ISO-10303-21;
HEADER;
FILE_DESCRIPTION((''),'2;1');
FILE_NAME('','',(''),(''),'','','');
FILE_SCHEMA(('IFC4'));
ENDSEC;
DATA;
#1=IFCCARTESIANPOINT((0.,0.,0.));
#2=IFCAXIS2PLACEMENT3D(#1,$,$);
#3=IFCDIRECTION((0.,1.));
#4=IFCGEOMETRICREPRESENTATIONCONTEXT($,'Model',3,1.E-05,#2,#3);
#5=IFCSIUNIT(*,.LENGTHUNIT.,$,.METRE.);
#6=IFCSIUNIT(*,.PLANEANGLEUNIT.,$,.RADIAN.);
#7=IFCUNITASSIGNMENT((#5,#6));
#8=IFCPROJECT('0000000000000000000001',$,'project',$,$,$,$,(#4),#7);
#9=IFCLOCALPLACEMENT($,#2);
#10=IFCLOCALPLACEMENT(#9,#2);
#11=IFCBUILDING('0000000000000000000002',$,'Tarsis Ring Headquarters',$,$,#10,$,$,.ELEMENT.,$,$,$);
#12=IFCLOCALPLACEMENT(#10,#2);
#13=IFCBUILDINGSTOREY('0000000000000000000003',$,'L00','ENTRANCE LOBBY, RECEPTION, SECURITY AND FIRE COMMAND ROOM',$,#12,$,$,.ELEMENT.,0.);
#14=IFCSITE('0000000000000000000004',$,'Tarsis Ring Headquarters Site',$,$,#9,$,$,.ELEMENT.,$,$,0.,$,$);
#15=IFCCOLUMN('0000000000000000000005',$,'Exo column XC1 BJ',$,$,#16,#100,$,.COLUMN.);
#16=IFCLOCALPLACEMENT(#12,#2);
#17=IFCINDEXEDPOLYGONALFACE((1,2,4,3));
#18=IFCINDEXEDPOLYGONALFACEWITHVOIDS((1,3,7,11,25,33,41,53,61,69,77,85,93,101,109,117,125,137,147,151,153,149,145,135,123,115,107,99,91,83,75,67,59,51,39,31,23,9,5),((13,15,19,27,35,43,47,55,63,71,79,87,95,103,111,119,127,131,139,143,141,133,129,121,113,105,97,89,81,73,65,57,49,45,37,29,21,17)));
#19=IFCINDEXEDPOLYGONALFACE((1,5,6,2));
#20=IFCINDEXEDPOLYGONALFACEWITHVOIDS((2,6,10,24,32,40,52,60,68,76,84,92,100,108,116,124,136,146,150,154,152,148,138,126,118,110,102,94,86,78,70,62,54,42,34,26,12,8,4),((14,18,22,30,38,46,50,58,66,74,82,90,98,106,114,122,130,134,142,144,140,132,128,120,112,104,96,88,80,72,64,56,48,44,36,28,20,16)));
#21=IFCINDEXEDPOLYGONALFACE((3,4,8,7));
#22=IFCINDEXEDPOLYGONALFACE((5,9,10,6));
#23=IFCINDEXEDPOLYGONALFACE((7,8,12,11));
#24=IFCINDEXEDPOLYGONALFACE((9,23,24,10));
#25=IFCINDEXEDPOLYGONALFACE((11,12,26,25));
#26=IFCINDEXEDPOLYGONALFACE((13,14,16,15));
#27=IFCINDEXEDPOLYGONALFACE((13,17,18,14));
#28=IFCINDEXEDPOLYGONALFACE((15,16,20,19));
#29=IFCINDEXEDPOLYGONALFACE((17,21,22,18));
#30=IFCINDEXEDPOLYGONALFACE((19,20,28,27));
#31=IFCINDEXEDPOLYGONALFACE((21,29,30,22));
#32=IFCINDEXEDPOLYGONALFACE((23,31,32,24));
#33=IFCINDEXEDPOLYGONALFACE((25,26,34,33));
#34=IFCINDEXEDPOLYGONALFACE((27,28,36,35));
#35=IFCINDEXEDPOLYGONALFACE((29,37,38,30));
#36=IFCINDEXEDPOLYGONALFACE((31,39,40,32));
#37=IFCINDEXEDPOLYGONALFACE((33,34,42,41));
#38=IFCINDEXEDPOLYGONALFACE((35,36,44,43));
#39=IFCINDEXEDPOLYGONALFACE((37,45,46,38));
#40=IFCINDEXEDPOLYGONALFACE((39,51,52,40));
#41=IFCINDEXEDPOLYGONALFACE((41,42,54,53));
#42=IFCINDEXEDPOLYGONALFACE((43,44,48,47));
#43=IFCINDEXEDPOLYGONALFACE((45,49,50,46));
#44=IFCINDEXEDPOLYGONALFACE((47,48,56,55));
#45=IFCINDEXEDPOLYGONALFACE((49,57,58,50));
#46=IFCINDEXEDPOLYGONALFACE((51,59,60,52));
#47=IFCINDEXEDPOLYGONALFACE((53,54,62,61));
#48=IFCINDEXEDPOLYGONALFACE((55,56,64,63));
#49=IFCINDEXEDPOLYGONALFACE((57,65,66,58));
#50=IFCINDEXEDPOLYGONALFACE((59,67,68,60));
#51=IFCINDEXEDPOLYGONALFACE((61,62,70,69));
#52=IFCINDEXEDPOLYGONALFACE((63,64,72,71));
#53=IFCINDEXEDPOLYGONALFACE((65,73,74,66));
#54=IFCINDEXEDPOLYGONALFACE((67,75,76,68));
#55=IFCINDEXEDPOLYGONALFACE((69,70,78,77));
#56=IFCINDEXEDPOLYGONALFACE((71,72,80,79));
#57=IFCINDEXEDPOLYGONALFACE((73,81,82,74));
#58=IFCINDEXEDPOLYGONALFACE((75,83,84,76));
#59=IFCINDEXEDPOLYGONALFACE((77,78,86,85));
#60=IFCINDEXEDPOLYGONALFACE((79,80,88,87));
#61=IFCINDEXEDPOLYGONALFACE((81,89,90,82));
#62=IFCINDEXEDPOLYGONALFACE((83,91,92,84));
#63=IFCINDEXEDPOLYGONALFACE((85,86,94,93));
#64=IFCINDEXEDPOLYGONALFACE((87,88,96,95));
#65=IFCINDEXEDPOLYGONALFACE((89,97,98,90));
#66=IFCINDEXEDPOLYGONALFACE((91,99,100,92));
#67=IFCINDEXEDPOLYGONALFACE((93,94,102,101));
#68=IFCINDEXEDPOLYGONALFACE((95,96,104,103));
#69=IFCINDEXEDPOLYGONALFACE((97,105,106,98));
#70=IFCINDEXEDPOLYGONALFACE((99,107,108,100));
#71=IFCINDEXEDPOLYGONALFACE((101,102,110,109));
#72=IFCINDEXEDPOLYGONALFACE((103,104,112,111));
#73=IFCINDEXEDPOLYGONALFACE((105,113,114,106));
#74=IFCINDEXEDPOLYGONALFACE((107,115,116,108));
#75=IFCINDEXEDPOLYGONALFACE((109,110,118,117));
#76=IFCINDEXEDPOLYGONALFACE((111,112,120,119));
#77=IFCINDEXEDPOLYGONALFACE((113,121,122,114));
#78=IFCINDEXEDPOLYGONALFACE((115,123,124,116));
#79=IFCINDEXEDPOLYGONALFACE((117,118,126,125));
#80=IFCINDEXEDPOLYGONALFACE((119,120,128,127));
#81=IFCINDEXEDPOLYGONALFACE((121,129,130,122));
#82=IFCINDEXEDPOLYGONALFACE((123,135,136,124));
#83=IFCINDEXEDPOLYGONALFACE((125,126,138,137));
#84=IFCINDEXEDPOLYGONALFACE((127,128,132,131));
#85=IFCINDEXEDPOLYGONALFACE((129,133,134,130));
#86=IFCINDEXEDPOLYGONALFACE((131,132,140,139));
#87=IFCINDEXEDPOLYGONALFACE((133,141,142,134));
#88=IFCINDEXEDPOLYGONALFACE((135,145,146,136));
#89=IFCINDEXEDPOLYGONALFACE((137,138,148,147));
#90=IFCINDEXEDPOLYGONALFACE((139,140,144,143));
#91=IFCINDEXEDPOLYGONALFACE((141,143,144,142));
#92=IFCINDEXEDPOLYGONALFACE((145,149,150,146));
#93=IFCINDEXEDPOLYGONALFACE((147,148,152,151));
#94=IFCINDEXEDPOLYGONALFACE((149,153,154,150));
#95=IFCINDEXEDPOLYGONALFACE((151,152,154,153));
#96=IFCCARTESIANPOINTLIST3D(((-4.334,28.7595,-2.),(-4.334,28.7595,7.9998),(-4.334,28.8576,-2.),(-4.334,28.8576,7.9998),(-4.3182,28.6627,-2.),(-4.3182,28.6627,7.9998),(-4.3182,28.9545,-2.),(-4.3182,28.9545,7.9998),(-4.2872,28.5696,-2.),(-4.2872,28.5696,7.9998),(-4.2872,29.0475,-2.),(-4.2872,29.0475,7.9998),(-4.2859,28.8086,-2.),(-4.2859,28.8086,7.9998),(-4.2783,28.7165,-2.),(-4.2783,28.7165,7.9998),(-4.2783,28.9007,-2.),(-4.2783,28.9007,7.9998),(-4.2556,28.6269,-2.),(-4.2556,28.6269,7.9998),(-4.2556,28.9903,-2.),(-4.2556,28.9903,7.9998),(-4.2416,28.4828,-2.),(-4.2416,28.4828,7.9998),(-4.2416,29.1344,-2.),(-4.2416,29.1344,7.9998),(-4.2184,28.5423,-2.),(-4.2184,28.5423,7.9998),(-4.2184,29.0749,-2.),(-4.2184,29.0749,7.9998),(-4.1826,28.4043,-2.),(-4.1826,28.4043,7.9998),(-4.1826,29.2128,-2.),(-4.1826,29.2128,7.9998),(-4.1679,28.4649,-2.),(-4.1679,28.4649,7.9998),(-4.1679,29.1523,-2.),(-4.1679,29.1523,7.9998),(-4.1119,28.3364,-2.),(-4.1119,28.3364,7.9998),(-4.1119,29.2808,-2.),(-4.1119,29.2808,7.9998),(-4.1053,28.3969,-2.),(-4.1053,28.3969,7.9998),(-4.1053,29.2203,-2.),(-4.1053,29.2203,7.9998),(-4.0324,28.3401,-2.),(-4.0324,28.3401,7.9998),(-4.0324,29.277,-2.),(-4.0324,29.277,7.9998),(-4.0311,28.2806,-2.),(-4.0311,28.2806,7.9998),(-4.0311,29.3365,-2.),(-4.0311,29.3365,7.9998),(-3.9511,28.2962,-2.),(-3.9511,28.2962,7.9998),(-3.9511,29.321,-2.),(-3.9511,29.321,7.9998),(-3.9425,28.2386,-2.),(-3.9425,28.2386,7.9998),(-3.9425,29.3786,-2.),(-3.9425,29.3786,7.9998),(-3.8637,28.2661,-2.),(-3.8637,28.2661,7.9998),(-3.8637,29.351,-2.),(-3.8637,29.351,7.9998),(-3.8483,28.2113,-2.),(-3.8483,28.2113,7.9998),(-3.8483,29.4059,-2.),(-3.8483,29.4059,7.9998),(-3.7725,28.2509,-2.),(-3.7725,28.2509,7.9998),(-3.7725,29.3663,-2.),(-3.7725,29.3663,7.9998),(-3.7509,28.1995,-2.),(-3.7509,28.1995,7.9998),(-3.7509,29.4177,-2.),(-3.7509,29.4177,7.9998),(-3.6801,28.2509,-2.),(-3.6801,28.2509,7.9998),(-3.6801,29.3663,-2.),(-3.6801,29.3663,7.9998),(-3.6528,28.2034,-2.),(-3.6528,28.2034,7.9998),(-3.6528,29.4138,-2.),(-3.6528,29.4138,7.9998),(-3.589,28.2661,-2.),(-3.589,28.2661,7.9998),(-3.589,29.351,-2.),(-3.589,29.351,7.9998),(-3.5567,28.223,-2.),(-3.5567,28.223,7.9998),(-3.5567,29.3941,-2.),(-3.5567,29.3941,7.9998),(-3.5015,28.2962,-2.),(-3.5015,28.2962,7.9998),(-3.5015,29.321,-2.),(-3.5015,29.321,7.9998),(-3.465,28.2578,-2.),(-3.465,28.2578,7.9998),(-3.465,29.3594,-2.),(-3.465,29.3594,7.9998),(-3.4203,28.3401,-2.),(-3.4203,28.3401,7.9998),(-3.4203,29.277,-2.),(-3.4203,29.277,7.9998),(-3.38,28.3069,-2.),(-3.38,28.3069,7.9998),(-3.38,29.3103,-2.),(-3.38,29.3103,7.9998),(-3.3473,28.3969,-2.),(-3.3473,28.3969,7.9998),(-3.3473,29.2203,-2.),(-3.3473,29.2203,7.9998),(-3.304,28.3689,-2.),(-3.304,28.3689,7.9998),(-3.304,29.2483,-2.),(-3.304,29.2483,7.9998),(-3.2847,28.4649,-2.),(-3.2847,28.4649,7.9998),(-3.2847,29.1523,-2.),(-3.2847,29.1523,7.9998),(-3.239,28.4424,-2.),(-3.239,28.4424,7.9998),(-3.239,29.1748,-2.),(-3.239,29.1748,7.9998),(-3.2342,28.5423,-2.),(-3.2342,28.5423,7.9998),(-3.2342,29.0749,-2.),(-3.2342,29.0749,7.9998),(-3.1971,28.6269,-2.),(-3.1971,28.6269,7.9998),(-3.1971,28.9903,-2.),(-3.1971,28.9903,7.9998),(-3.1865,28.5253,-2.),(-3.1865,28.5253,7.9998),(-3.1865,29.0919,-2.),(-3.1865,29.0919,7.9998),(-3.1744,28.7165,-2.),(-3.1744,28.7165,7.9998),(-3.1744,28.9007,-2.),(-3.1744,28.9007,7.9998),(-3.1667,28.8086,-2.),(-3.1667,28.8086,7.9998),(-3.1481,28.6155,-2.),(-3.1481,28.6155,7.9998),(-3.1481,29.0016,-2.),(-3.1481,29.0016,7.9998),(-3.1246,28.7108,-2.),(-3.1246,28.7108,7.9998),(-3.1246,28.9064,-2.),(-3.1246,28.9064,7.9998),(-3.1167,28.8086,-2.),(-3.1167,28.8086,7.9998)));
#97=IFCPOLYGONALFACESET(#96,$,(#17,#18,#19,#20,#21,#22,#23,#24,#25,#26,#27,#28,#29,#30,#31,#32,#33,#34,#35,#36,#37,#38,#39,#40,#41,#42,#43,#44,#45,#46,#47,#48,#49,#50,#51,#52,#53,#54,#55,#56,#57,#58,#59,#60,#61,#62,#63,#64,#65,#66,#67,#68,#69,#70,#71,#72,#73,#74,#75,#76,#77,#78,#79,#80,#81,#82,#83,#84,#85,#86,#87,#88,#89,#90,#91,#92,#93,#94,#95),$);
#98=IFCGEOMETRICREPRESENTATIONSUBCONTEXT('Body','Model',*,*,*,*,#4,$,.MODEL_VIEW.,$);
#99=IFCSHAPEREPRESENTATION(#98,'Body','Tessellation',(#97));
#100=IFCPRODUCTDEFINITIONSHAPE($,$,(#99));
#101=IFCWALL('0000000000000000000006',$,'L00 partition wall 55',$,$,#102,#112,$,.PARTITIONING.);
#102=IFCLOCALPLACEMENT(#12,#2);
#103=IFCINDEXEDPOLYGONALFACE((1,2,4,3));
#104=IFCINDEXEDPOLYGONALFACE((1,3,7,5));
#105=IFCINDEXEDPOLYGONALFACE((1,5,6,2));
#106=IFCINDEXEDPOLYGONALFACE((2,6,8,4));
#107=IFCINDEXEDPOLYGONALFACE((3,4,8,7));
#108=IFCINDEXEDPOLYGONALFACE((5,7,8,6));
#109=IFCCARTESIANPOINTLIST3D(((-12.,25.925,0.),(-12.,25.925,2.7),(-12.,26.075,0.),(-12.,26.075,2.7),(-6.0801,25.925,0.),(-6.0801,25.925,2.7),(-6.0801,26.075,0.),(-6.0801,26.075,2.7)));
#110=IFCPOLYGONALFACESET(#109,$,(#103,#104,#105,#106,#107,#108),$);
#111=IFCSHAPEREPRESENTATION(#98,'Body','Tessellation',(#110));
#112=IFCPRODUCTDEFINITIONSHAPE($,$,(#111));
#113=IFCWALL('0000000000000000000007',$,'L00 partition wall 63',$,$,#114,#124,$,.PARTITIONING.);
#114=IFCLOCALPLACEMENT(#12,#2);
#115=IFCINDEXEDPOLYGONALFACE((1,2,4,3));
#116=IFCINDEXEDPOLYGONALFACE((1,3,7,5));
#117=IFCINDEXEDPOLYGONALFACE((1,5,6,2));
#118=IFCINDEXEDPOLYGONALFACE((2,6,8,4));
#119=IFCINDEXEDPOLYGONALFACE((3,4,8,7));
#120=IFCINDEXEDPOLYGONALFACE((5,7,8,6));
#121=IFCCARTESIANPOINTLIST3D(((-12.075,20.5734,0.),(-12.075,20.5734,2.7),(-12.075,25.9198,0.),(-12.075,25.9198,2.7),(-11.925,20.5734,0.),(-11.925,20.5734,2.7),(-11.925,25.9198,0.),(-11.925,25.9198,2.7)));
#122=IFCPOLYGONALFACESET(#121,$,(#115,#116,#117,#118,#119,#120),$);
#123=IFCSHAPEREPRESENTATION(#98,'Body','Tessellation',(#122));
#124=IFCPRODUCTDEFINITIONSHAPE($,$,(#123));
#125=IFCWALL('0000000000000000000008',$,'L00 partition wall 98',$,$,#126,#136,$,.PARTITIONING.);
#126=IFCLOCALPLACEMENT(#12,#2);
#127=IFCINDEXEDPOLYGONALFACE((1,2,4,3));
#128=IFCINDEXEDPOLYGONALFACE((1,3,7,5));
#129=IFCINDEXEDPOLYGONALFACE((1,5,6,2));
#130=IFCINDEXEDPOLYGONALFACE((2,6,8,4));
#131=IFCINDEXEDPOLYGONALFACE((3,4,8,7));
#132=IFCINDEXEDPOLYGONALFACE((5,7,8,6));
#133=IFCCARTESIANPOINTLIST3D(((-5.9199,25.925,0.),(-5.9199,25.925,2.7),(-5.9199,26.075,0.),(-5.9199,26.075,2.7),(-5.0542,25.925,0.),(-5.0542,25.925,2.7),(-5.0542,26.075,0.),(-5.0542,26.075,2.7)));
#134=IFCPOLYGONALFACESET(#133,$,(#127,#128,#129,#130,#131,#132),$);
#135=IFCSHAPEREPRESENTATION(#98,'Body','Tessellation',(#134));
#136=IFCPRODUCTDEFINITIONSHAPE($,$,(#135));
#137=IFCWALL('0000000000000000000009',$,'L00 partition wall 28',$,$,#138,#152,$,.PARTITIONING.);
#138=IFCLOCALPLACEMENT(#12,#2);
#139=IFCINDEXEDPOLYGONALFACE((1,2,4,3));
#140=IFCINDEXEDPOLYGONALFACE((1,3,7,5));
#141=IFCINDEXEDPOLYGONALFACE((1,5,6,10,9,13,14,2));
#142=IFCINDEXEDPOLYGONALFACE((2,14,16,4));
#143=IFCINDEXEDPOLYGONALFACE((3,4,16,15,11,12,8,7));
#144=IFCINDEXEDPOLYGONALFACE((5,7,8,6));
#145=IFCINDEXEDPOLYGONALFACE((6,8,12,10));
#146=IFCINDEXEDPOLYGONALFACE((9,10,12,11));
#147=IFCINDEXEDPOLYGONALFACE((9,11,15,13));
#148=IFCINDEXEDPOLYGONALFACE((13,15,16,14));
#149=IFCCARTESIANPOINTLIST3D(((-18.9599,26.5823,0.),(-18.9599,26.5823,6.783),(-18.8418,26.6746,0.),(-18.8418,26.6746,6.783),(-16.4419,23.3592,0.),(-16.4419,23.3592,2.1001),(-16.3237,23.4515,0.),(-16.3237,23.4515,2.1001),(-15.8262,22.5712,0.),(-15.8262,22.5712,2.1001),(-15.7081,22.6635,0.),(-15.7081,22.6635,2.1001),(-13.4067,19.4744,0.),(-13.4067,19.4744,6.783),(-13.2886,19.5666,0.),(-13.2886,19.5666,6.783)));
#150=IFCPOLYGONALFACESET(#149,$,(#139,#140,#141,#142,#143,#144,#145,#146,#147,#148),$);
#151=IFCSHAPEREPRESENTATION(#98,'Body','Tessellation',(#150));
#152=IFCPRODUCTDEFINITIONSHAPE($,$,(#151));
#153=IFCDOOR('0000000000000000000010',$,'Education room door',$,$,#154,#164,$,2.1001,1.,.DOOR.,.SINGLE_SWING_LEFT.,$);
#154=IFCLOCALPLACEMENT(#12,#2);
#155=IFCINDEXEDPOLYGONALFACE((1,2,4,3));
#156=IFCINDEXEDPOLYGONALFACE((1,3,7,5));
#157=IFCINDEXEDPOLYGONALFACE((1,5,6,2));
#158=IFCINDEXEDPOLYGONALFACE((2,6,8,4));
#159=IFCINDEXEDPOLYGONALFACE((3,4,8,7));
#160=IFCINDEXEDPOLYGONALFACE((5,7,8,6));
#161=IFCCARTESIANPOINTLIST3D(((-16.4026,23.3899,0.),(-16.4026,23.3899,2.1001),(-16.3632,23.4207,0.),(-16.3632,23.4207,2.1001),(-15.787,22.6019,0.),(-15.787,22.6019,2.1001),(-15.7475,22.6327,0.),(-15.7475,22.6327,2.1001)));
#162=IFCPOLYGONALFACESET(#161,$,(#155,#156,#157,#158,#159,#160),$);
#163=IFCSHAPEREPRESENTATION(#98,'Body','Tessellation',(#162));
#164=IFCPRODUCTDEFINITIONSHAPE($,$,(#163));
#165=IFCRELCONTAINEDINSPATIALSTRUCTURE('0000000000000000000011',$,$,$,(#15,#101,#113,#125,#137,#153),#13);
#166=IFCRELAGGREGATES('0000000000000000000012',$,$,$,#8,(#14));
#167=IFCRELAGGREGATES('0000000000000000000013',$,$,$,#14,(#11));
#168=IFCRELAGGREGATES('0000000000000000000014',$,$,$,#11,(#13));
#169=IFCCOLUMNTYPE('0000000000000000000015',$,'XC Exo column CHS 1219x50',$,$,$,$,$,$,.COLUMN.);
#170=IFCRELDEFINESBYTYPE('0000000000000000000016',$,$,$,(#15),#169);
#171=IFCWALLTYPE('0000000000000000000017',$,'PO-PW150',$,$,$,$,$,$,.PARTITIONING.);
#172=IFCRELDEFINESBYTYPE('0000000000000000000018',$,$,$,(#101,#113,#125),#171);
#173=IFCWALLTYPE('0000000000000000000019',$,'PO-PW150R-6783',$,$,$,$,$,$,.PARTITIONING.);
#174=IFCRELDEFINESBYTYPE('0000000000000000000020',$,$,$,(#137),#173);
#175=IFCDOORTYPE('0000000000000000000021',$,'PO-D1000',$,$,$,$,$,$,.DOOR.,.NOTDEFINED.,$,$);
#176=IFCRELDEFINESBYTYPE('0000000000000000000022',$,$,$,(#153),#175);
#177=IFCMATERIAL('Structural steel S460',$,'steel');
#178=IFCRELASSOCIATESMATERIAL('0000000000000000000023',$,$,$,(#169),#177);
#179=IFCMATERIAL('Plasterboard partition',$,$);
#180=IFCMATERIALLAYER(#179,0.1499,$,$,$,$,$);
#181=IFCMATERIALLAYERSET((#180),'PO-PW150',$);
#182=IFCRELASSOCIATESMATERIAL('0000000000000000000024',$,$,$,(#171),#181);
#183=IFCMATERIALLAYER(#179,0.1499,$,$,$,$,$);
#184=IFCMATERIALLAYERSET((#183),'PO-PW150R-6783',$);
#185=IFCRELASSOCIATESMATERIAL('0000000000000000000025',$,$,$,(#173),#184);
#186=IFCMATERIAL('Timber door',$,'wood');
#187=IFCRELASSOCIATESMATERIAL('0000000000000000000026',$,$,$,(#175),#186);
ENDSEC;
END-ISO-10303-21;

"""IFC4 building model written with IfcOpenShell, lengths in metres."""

from ifc_helpers import new_model, si_unit, direction, frame, frame_2d, origin, origin_2d, place, context, subcontext, project, spatial, rectangle, hollow_circle, extrude, material, layer, layer_set, material_profile, profile_set, type_object, element, fill, save


model = new_model("IFC4")

# Units and contexts
model_context = context("Model", 3, precision=1e-05, world=origin(), true_north=direction((0.0, 1.0)))
body_context = subcontext(model_context, "Body", "Model", "MODEL_VIEW")
ifc_project = project(units=[si_unit("LENGTHUNIT", "METRE"), si_unit("PLANEANGLEUNIT", "RADIAN")], contexts=[model_context])

# Site, building, storey
site_placement = place(None, origin())
site = spatial("IfcSite", under=ifc_project, at=site_placement, Name="Tarsis Ring Headquarters Site", CompositionType="ELEMENT", RefElevation=0.0)
building_placement = place(site_placement, origin())
building = spatial("IfcBuilding", under=site, at=building_placement, Name="Tarsis Ring Headquarters", CompositionType="ELEMENT")
storey_placement = place(building_placement, origin())
storey = spatial("IfcBuildingStorey", under=building, at=storey_placement, Name="L00", Description="ENTRANCE LOBBY, RECEPTION, SECURITY AND FIRE COMMAND ROOM", CompositionType="ELEMENT", Elevation=0.0)

# Column
ifc_material_1 = material(Name="Structural steel S460", Category="steel")
ifc_material_profile_1 = material_profile(ifc_material_1, hollow_circle(Radius=0.6096, WallThickness=0.05, at=origin_2d()), Name="CHS 1219x50")
ifc_profile_set_1 = profile_set([ifc_material_profile_1], Name="Structural steel S460")
column_type_1 = type_object("IfcColumnType", Name="XC Exo column CHS 1219x50", PredefinedType="COLUMN", material=ifc_profile_set_1)
column_placement = place(storey_placement, frame((-3.7263, 28.8086, -2.0), z_axis=(0.0, 0.0, 1.0), x_axis=(1.0, 0.0, 0.0)))
element("IfcColumn", 1, at=column_placement, inside=storey, type_object=column_type_1, Name="Exo column XC1 BJ", PredefinedType="COLUMN", context=body_context, shape_type="SweptSolid", body=[
    extrude(hollow_circle(Radius=0.6096, WallThickness=0.05, at=origin_2d()), origin(), (0.0, 0.0, 1.0), 9.9998),
])

# Walls
ifc_material_2 = material(Name="Plasterboard partition")
ifc_layer_1 = layer(ifc_material_2, 0.1499)
ifc_layer_set_1 = layer_set([ifc_layer_1], Name="PO-PW150")
wall_type_1 = type_object("IfcWallType", Name="PO-PW150", PredefinedType="PARTITIONING", material=ifc_layer_set_1)
wall_1_placement = place(storey_placement, frame((-6.0801, 26.0, 0.0), z_axis=(0.0, 0.0, 1.0), x_axis=(-1.0, 0.0, 0.0)))
element("IfcWall", 2, at=wall_1_placement, inside=storey, type_object=wall_type_1, Name="L00 partition wall 55", PredefinedType="PARTITIONING", context=body_context, shape_type="SweptSolid", body=[
    extrude(rectangle(XDim=5.9199, YDim=0.1499, at=frame_2d((2.96, 0.0))), origin(), (0.0, 0.0, 1.0), 2.7),
])
wall_2_placement = place(storey_placement, frame((-12.0, 25.9199, 0.0), z_axis=(0.0, 0.0, 1.0), x_axis=(0.0, -1.0, 0.0)))
element("IfcWall", 3, at=wall_2_placement, inside=storey, type_object=wall_type_1, Name="L00 partition wall 63", PredefinedType="PARTITIONING", context=body_context, shape_type="SweptSolid", body=[
    extrude(rectangle(XDim=5.3464, YDim=0.1499, at=frame_2d((2.6733, 0.0))), origin(), (0.0, 0.0, 1.0), 2.7),
])
wall_3_placement = place(storey_placement, frame((-5.0542, 26.0, 0.0), z_axis=(0.0, 0.0, 1.0), x_axis=(-1.0, 0.0, 0.0)))
element("IfcWall", 4, at=wall_3_placement, inside=storey, type_object=wall_type_1, Name="L00 partition wall 98", PredefinedType="PARTITIONING", context=body_context, shape_type="SweptSolid", body=[
    extrude(rectangle(XDim=0.8657, YDim=0.1499, at=frame_2d((0.4329, 0.0))), origin(), (0.0, 0.0, 1.0), 2.7),
])

# Wall, opening, door
ifc_layer_2 = layer(ifc_material_2, 0.1499)
ifc_layer_set_2 = layer_set([ifc_layer_2], Name="PO-PW150R-6783")
wall_type_2 = type_object("IfcWallType", Name="PO-PW150R-6783", PredefinedType="PARTITIONING", material=ifc_layer_set_2)
wall_4_placement = place(storey_placement, frame((-18.9009, 26.6284, 0.0), z_axis=(0.0, 0.0, 1.0), x_axis=(0.615656, -0.788015, 0.0)))
wall_4 = element("IfcWall", 5, at=wall_4_placement, inside=storey, type_object=wall_type_2, Name="L00 partition wall 28", PredefinedType="PARTITIONING", context=body_context, shape_type="SweptSolid", body=[
    extrude(rectangle(XDim=9.02, YDim=0.1499, at=frame_2d((4.51, 0.0))), origin(), (0.0, 0.0, 1.0), 6.783),
])
opening_1_placement = place(wall_4_placement, frame((4.0901, 0.0, 0.0)))
opening_1 = element("IfcOpeningElement", 6, at=opening_1_placement, cuts=wall_4, PredefinedType="OPENING", context=body_context, shape_type="SweptSolid", body=[
    extrude(rectangle(XDim=1.0, YDim=2.1001, at=frame_2d((0.5, 1.05))), frame((0.0, 0.085, 0.0), z_axis=(0.0, -1.0, 0.0), x_axis=(1.0, 0.0, 0.0)), (0.0, 0.0, 1.0), 0.1699),
])
ifc_material_3 = material(Name="Timber door", Category="wood")
door_type_1 = type_object("IfcDoorType", Name="PO-D1000", OperationType="NOTDEFINED", PredefinedType="DOOR", material=ifc_material_3)
door_1_placement = place(opening_1_placement, origin())
door_1 = element("IfcDoor", 7, at=door_1_placement, inside=storey, type_object=door_type_1, Name="Education room door", OperationType="SINGLE_SWING_LEFT", OverallHeight=2.1001, OverallWidth=1.0, PredefinedType="DOOR", context=body_context, shape_type="SweptSolid", body=[
    extrude(rectangle(XDim=1.0, YDim=2.1001, at=frame_2d((0.5, 1.05))), frame((0.0, 0.0249, 0.0), z_axis=(0.0, -1.0, 0.0), x_axis=(1.0, 0.0, 0.0)), (0.0, 0.0, 1.0), 0.05),
])
fill(opening_1, door_1)

save(model, "model.ifc")
